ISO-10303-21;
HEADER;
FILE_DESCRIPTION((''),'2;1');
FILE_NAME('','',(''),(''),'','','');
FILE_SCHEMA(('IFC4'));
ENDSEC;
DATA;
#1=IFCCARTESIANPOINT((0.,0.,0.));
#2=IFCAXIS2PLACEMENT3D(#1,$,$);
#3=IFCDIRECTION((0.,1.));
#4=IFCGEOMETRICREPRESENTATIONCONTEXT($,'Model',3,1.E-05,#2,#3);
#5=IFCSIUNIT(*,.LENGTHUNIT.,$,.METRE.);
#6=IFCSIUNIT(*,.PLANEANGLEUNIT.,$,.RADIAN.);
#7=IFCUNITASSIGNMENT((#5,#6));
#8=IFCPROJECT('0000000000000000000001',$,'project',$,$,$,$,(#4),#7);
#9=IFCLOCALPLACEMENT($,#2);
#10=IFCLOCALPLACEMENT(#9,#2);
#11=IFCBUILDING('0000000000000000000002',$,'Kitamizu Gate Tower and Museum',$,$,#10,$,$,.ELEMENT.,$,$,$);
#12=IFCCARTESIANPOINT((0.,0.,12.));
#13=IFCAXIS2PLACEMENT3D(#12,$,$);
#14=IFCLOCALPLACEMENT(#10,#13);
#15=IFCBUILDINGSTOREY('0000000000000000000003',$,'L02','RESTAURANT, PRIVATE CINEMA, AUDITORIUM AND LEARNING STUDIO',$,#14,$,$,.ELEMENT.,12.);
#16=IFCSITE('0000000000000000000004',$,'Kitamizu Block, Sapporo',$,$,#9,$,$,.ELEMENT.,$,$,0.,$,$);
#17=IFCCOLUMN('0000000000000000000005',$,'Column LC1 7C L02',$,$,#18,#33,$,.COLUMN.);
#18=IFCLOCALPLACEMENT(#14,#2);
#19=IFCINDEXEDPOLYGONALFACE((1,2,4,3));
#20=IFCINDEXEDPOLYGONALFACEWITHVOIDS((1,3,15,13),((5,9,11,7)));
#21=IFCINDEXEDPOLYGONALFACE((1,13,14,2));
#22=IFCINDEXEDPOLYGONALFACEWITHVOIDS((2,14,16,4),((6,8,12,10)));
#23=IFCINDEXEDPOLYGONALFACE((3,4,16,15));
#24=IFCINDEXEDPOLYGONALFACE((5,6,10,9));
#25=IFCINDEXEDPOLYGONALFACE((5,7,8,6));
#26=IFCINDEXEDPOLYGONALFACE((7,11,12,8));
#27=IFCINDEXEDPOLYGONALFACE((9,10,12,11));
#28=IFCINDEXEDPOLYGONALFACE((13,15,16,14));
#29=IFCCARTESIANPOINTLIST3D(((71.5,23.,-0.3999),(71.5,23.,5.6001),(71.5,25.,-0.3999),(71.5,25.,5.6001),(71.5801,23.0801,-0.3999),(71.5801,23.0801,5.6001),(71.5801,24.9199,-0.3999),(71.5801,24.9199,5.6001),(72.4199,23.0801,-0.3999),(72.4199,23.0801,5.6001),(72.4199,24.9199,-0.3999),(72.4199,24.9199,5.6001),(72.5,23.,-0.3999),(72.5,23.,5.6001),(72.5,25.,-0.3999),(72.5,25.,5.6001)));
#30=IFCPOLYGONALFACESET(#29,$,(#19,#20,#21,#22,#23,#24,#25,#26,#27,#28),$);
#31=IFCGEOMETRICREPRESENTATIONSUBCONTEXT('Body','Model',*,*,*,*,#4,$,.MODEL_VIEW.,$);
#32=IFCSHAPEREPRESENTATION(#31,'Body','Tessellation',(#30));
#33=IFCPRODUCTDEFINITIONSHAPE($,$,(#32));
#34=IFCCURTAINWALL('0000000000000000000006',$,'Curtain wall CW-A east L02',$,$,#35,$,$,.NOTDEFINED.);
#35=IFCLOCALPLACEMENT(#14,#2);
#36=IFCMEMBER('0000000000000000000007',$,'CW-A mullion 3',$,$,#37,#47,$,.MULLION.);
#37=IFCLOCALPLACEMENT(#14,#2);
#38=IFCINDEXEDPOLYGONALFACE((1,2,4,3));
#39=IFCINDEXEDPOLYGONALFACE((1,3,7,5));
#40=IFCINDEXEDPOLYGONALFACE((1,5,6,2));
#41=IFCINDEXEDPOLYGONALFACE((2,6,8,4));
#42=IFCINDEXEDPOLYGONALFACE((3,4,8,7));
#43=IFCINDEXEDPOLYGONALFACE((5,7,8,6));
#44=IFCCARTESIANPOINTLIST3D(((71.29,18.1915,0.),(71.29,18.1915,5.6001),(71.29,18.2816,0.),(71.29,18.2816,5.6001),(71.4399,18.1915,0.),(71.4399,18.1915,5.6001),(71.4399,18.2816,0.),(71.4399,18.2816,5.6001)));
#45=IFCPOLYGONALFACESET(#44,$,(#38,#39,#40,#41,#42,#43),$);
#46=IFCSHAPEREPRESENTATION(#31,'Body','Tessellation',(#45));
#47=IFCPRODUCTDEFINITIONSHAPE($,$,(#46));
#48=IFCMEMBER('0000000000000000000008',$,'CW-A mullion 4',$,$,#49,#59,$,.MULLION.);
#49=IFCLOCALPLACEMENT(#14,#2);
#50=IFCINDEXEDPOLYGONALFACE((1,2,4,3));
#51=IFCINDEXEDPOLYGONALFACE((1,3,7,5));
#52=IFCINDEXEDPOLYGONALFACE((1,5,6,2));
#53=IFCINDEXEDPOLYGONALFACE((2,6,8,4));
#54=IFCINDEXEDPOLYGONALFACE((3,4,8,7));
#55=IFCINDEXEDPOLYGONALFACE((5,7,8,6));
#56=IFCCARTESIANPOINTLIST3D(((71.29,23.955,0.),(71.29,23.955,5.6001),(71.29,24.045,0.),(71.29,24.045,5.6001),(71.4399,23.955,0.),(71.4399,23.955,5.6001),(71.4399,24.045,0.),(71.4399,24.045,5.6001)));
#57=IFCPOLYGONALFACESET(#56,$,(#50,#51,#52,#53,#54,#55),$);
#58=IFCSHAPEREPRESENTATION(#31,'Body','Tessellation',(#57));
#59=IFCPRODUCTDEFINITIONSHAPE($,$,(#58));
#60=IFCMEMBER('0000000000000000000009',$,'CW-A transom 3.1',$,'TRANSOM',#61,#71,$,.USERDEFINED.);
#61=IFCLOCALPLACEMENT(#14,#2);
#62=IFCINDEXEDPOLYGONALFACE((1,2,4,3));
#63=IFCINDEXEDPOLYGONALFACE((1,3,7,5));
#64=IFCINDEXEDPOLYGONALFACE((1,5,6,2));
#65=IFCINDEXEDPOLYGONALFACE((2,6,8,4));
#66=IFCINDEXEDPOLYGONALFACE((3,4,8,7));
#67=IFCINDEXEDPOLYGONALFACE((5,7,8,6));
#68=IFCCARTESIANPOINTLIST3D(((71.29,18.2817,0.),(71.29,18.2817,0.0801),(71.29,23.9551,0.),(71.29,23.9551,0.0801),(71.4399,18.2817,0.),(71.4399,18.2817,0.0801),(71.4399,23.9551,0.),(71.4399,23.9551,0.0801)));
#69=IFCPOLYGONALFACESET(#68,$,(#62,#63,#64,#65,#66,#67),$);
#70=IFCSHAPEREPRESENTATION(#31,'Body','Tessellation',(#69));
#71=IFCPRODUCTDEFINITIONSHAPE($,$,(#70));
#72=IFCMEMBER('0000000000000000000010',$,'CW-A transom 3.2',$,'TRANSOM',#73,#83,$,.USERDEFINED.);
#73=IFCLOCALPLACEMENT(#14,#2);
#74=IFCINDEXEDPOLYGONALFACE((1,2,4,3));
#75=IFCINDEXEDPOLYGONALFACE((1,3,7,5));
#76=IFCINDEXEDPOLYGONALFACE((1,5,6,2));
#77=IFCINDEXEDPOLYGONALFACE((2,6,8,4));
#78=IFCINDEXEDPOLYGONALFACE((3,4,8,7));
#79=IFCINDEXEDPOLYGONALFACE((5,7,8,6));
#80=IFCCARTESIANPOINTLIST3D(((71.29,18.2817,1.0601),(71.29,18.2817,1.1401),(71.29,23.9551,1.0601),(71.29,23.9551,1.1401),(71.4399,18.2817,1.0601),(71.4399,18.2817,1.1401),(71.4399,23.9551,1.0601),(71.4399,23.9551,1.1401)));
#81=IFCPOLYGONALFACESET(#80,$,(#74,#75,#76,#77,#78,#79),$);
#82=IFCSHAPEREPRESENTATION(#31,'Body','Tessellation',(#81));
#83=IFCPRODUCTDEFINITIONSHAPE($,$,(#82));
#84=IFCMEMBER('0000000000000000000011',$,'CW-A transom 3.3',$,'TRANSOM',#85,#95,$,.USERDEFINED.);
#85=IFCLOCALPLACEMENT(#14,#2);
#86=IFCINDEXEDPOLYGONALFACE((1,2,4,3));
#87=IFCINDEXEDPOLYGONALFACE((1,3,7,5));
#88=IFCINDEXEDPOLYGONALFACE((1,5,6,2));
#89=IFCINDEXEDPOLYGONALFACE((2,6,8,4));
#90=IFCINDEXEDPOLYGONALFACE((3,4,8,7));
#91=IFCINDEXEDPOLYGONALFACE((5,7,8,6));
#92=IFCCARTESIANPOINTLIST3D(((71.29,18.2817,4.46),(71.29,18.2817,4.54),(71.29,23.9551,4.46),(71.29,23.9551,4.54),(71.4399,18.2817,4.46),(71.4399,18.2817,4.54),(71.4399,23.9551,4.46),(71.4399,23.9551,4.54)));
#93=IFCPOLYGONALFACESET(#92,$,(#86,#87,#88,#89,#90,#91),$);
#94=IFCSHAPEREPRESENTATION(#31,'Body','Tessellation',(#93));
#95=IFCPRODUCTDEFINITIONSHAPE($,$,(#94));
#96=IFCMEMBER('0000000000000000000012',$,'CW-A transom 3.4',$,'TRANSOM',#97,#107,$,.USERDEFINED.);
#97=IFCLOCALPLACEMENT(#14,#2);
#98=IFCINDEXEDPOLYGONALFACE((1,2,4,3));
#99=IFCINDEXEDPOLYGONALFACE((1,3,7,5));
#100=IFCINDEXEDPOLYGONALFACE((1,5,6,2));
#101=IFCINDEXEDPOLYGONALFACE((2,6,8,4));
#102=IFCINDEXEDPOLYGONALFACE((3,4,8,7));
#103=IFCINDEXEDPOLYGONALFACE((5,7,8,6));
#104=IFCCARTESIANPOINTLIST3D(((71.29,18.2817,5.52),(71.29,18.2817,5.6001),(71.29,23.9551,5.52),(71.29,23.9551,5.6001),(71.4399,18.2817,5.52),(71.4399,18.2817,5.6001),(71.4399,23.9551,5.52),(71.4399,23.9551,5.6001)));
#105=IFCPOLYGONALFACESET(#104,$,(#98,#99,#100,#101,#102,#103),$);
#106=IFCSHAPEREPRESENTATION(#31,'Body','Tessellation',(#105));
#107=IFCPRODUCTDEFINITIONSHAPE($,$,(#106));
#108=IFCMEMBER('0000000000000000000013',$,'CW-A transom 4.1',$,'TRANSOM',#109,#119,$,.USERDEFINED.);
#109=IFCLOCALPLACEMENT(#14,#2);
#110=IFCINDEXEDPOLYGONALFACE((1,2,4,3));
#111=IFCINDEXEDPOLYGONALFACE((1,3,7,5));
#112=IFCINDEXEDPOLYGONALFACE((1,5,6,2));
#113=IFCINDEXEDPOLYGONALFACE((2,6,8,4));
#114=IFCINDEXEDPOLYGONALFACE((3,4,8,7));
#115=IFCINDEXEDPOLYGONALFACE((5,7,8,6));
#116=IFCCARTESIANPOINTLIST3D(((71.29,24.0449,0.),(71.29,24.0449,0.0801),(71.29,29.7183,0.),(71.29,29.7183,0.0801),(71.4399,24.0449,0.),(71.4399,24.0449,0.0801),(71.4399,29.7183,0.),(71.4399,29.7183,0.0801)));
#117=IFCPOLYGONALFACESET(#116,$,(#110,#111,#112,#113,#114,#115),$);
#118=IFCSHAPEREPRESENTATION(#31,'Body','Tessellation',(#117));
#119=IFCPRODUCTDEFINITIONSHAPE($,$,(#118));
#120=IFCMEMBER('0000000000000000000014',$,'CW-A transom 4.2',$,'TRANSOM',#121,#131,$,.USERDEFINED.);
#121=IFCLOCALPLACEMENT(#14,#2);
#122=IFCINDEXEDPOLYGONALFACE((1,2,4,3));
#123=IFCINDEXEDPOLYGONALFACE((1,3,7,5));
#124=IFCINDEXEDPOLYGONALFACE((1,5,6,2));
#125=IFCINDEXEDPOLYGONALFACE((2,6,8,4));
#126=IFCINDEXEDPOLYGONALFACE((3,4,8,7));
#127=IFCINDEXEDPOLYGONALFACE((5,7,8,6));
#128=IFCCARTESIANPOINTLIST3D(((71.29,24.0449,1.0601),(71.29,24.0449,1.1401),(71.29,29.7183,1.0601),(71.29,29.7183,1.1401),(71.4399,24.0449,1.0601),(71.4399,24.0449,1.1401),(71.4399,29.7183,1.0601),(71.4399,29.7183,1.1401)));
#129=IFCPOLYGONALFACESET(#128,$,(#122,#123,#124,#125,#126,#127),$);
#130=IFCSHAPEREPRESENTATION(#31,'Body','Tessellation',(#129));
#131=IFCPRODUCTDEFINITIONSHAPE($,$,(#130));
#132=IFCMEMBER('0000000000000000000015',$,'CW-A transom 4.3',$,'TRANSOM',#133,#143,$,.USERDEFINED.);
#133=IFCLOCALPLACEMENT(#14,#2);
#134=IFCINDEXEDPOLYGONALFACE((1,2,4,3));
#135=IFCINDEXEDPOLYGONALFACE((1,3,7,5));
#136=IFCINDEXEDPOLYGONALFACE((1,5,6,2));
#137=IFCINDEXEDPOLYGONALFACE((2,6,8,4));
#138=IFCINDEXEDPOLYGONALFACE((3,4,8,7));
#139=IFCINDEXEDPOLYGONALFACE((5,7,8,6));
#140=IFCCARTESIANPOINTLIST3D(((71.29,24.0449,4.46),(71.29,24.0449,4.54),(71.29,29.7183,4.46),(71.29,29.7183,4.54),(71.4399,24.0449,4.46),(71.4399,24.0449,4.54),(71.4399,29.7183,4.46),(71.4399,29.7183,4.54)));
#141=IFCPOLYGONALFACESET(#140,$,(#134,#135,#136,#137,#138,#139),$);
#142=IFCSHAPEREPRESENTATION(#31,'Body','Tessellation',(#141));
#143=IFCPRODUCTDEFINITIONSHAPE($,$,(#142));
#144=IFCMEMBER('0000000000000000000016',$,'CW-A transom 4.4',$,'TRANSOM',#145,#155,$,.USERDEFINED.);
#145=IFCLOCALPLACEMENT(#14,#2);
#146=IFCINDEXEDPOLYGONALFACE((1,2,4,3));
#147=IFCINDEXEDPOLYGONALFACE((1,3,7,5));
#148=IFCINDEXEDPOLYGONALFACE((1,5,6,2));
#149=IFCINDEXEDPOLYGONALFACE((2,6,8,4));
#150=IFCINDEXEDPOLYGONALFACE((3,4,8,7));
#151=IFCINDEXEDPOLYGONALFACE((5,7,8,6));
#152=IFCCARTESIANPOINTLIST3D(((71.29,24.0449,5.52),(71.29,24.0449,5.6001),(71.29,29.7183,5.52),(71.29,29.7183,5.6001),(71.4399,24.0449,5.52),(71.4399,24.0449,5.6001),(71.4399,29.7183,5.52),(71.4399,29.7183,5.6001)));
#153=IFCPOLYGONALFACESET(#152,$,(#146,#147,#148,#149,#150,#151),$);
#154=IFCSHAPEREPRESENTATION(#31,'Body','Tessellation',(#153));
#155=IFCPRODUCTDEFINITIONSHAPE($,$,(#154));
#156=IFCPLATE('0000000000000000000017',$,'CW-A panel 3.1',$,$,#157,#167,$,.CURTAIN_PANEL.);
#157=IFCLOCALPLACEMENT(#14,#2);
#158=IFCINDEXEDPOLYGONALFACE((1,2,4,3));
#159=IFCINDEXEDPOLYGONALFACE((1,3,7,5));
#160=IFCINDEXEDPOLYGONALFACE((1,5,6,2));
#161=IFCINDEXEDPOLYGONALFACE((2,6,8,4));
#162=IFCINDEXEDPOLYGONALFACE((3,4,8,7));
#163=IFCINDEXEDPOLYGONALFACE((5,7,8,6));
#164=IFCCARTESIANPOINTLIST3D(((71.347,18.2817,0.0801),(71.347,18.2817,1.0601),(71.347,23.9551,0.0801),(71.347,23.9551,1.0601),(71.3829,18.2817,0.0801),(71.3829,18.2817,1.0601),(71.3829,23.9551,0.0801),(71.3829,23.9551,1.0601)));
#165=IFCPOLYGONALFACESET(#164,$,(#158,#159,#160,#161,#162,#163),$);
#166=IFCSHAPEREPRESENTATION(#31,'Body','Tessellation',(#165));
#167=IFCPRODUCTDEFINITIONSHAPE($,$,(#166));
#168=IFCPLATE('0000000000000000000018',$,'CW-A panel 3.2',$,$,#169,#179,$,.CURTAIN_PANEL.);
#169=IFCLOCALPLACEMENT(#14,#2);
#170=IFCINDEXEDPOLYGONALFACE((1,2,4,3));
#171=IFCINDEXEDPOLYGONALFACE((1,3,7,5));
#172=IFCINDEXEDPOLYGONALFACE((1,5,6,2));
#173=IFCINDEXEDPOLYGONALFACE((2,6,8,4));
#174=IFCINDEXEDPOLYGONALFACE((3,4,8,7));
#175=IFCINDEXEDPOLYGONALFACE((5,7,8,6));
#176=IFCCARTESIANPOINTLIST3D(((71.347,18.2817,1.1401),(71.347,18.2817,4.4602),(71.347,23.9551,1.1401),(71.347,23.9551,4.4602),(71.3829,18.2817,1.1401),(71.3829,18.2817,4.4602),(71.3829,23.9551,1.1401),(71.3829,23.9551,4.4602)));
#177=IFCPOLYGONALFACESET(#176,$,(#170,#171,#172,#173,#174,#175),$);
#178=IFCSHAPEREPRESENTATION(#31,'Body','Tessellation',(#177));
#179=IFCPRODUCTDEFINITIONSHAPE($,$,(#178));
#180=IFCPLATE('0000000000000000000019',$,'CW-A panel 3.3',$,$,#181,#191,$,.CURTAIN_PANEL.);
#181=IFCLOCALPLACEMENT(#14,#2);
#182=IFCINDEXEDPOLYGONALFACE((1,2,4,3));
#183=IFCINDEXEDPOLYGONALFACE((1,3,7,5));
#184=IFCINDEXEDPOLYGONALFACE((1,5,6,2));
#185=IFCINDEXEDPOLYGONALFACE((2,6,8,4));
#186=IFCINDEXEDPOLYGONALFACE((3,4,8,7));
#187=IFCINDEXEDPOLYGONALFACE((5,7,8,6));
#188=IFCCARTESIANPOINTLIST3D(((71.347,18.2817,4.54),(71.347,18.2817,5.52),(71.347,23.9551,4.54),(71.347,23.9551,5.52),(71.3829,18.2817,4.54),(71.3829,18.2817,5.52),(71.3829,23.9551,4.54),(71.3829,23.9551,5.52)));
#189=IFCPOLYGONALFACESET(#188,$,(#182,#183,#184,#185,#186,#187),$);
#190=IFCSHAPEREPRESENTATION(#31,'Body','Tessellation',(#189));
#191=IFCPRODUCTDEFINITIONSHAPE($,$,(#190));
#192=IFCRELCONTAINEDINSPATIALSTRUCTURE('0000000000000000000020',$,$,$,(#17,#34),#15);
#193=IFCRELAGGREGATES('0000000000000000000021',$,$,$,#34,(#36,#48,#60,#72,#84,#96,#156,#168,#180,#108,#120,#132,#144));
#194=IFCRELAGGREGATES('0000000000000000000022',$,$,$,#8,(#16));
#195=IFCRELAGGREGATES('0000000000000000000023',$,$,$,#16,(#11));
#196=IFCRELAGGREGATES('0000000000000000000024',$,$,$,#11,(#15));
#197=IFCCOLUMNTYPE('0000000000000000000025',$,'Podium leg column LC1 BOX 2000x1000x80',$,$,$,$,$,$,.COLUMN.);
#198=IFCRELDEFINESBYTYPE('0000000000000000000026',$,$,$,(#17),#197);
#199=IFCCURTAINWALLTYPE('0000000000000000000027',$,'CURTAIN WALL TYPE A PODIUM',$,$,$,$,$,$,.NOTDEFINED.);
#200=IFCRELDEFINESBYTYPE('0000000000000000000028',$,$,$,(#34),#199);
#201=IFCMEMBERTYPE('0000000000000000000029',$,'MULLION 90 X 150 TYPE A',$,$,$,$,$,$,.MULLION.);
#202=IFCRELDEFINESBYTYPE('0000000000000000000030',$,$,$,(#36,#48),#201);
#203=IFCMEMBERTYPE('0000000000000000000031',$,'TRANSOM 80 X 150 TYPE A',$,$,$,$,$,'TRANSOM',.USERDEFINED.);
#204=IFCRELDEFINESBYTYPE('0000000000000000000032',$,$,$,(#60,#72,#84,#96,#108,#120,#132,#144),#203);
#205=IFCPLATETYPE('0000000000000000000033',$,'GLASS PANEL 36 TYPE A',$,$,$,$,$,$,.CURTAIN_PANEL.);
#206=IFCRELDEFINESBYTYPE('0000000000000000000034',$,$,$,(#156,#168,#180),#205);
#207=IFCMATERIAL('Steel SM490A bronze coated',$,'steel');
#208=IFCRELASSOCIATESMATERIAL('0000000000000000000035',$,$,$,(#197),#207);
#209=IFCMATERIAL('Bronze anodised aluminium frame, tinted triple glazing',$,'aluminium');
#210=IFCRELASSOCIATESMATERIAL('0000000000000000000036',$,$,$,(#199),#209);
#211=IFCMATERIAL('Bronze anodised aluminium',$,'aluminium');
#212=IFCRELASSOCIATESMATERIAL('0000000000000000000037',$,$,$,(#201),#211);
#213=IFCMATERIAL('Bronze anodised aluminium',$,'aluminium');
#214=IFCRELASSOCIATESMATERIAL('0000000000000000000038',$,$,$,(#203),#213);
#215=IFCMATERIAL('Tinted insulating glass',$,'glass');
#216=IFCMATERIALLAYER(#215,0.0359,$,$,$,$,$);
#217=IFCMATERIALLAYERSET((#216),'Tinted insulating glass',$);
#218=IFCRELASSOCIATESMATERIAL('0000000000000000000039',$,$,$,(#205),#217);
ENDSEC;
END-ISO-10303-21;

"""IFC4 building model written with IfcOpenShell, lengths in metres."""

from ifc_helpers import new_model, si_unit, direction, frame, origin, origin_2d, place, context, subcontext, project, spatial, rectangle, hollow_rectangle, extrude, material, layer, layer_set, material_profile, profile_set, type_object, element, aggregate, save


model = new_model("IFC4")

# Units and contexts
model_context = context("Model", 3, precision=1e-05, world=origin(), true_north=direction((0.0, 1.0)))
body_context = subcontext(model_context, "Body", "Model", "MODEL_VIEW")
ifc_project = project(units=[si_unit("LENGTHUNIT", "METRE"), si_unit("PLANEANGLEUNIT", "RADIAN")], contexts=[model_context])

# Site, building, storey
site_placement = place(None, origin())
site = spatial("IfcSite", under=ifc_project, at=site_placement, Name="Kitamizu Block, Sapporo", CompositionType="ELEMENT", RefElevation=0.0)
building_placement = place(site_placement, origin())
building = spatial("IfcBuilding", under=site, at=building_placement, Name="Kitamizu Gate Tower and Museum", CompositionType="ELEMENT")
storey_placement = place(building_placement, frame((0.0, 0.0, 12.0)))
storey = spatial("IfcBuildingStorey", under=building, at=storey_placement, Name="L02", Description="RESTAURANT, PRIVATE CINEMA, AUDITORIUM AND LEARNING STUDIO", CompositionType="ELEMENT", Elevation=12.0)

# Column
ifc_material_1 = material(Name="Steel SM490A bronze coated", Category="steel")
ifc_material_profile_1 = material_profile(ifc_material_1, hollow_rectangle(XDim=2.0, YDim=1.0, WallThickness=0.0801, at=origin_2d()), Name="BOX 2000x1000x80")
ifc_profile_set_1 = profile_set([ifc_material_profile_1], Name="Steel SM490A bronze coated")
column_type = type_object("IfcColumnType", Name="Podium leg column LC1 BOX 2000x1000x80", PredefinedType="COLUMN", material=ifc_profile_set_1)
column_placement = place(storey_placement, frame((72.0, 24.0, -0.3999), z_axis=(0.0, 0.0, 1.0), x_axis=(0.0, 1.0, 0.0)))
element("IfcColumn", 1, at=column_placement, inside=storey, type_object=column_type, Name="Column LC1 7C L02", PredefinedType="COLUMN", context=body_context, shape_type="SweptSolid", body=[
    extrude(hollow_rectangle(XDim=2.0, YDim=1.0, WallThickness=0.0801, at=origin_2d()), origin(), (0.0, 0.0, 1.0), 6.0),
])

# Curtain wall, members, plates
ifc_material_2 = material(Name="Bronze anodised aluminium frame, tinted triple glazing", Category="aluminium")
curtain_wall_type = type_object("IfcCurtainWallType", Name="CURTAIN WALL TYPE A PODIUM", PredefinedType="NOTDEFINED", material=ifc_material_2)
curtain_wall_placement = place(storey_placement, origin())
curtain_wall = element("IfcCurtainWall", 2, at=curtain_wall_placement, inside=storey, type_object=curtain_wall_type, Name="Curtain wall CW-A east L02", PredefinedType="NOTDEFINED")
ifc_material_3 = material(Name="Bronze anodised aluminium", Category="aluminium")
ifc_material_profile_2 = material_profile(ifc_material_3, rectangle(XDim=0.0901, YDim=0.1499, at=origin_2d()), Name="AL 90X150")
ifc_profile_set_2 = profile_set([ifc_material_profile_2], Name="Bronze anodised aluminium")
member_type_1 = type_object("IfcMemberType", Name="MULLION 90 X 150 TYPE A", PredefinedType="MULLION", material=ifc_profile_set_2)
member_1_placement = place(storey_placement, frame((71.365, 18.2366, 0.0), z_axis=(0.0, 0.0, 1.0), x_axis=(0.0, 1.0, 0.0)))
member_1 = element("IfcMember", 3, at=member_1_placement, type_object=member_type_1, Name="CW-A mullion 3", PredefinedType="MULLION", context=body_context, shape_type="SweptSolid", body=[
    extrude(rectangle(XDim=0.0901, YDim=0.1499, at=origin_2d()), origin(), (0.0, 0.0, 1.0), 5.6001),
])
member_2_placement = place(storey_placement, frame((71.365, 24.0, 0.0), z_axis=(0.0, 0.0, 1.0), x_axis=(0.0, 1.0, 0.0)))
member_2 = element("IfcMember", 4, at=member_2_placement, type_object=member_type_1, Name="CW-A mullion 4", PredefinedType="MULLION", context=body_context, shape_type="SweptSolid", body=[
    extrude(rectangle(XDim=0.0901, YDim=0.1499, at=origin_2d()), origin(), (0.0, 0.0, 1.0), 5.6001),
])
ifc_material_4 = material(Name="Bronze anodised aluminium", Category="aluminium")
ifc_material_profile_3 = material_profile(ifc_material_4, rectangle(XDim=0.1499, YDim=0.0801, at=origin_2d()), Name="AL 80X150")
ifc_profile_set_3 = profile_set([ifc_material_profile_3], Name="Bronze anodised aluminium")
member_type_2 = type_object("IfcMemberType", Name="TRANSOM 80 X 150 TYPE A", ElementType="TRANSOM", PredefinedType="USERDEFINED", material=ifc_profile_set_3)
member_3_placement = place(storey_placement, frame((71.365, 18.2817, 0.04), z_axis=(0.0, 1.0, 0.0), x_axis=(-1.0, 0.0, 0.0)))
member_3 = element("IfcMember", 5, at=member_3_placement, type_object=member_type_2, Name="CW-A transom 3.1", ObjectType="TRANSOM", PredefinedType="USERDEFINED", context=body_context, shape_type="SweptSolid", body=[
    extrude(rectangle(XDim=0.1499, YDim=0.0801, at=origin_2d()), origin(), (0.0, 0.0, 1.0), 5.6733),
])
member_4_placement = place(storey_placement, frame((71.365, 18.2817, 1.1001), z_axis=(0.0, 1.0, 0.0), x_axis=(-1.0, 0.0, 0.0)))
member_4 = element("IfcMember", 6, at=member_4_placement, type_object=member_type_2, Name="CW-A transom 3.2", ObjectType="TRANSOM", PredefinedType="USERDEFINED", context=body_context, shape_type="SweptSolid", body=[
    extrude(rectangle(XDim=0.1499, YDim=0.0801, at=origin_2d()), origin(), (0.0, 0.0, 1.0), 5.6733),
])
member_5_placement = place(storey_placement, frame((71.365, 18.2817, 4.5), z_axis=(0.0, 1.0, 0.0), x_axis=(-1.0, 0.0, 0.0)))
member_5 = element("IfcMember", 7, at=member_5_placement, type_object=member_type_2, Name="CW-A transom 3.3", ObjectType="TRANSOM", PredefinedType="USERDEFINED", context=body_context, shape_type="SweptSolid", body=[
    extrude(rectangle(XDim=0.1499, YDim=0.0801, at=origin_2d()), origin(), (0.0, 0.0, 1.0), 5.6733),
])
member_6_placement = place(storey_placement, frame((71.365, 18.2817, 5.5601), z_axis=(0.0, 1.0, 0.0), x_axis=(-1.0, 0.0, 0.0)))
member_6 = element("IfcMember", 8, at=member_6_placement, type_object=member_type_2, Name="CW-A transom 3.4", ObjectType="TRANSOM", PredefinedType="USERDEFINED", context=body_context, shape_type="SweptSolid", body=[
    extrude(rectangle(XDim=0.1499, YDim=0.0801, at=origin_2d()), origin(), (0.0, 0.0, 1.0), 5.6733),
])
member_7_placement = place(storey_placement, frame((71.365, 24.0449, 0.04), z_axis=(0.0, 1.0, 0.0), x_axis=(-1.0, 0.0, 0.0)))
member_7 = element("IfcMember", 9, at=member_7_placement, type_object=member_type_2, Name="CW-A transom 4.1", ObjectType="TRANSOM", PredefinedType="USERDEFINED", context=body_context, shape_type="SweptSolid", body=[
    extrude(rectangle(XDim=0.1499, YDim=0.0801, at=origin_2d()), origin(), (0.0, 0.0, 1.0), 5.6733),
])
member_8_placement = place(storey_placement, frame((71.365, 24.0449, 1.1001), z_axis=(0.0, 1.0, 0.0), x_axis=(-1.0, 0.0, 0.0)))
member_8 = element("IfcMember", 10, at=member_8_placement, type_object=member_type_2, Name="CW-A transom 4.2", ObjectType="TRANSOM", PredefinedType="USERDEFINED", context=body_context, shape_type="SweptSolid", body=[
    extrude(rectangle(XDim=0.1499, YDim=0.0801, at=origin_2d()), origin(), (0.0, 0.0, 1.0), 5.6733),
])
member_9_placement = place(storey_placement, frame((71.365, 24.0449, 4.5), z_axis=(0.0, 1.0, 0.0), x_axis=(-1.0, 0.0, 0.0)))
member_9 = element("IfcMember", 11, at=member_9_placement, type_object=member_type_2, Name="CW-A transom 4.3", ObjectType="TRANSOM", PredefinedType="USERDEFINED", context=body_context, shape_type="SweptSolid", body=[
    extrude(rectangle(XDim=0.1499, YDim=0.0801, at=origin_2d()), origin(), (0.0, 0.0, 1.0), 5.6733),
])
member_10_placement = place(storey_placement, frame((71.365, 24.0449, 5.5601), z_axis=(0.0, 1.0, 0.0), x_axis=(-1.0, 0.0, 0.0)))
member_10 = element("IfcMember", 12, at=member_10_placement, type_object=member_type_2, Name="CW-A transom 4.4", ObjectType="TRANSOM", PredefinedType="USERDEFINED", context=body_context, shape_type="SweptSolid", body=[
    extrude(rectangle(XDim=0.1499, YDim=0.0801, at=origin_2d()), origin(), (0.0, 0.0, 1.0), 5.6733),
])
ifc_material_5 = material(Name="Tinted insulating glass", Category="glass")
ifc_layer = layer(ifc_material_5, 0.0359)
ifc_layer_set = layer_set([ifc_layer], Name="Tinted insulating glass")
plate_type = type_object("IfcPlateType", Name="GLASS PANEL 36 TYPE A", PredefinedType="CURTAIN_PANEL", material=ifc_layer_set)
plate_1_placement = place(storey_placement, frame((71.365, 21.1184, 0.0801), z_axis=(0.0, 0.0, 1.0), x_axis=(0.0, 1.0, 0.0)))
plate_1 = element("IfcPlate", 13, at=plate_1_placement, type_object=plate_type, Name="CW-A panel 3.1", PredefinedType="CURTAIN_PANEL", context=body_context, shape_type="SweptSolid", body=[
    extrude(rectangle(XDim=5.6733, YDim=0.0359, at=origin_2d()), origin(), (0.0, 0.0, 1.0), 0.98),
])
plate_2_placement = place(storey_placement, frame((71.365, 21.1184, 1.1401), z_axis=(0.0, 0.0, 1.0), x_axis=(0.0, 1.0, 0.0)))
plate_2 = element("IfcPlate", 14, at=plate_2_placement, type_object=plate_type, Name="CW-A panel 3.2", PredefinedType="CURTAIN_PANEL", context=body_context, shape_type="SweptSolid", body=[
    extrude(rectangle(XDim=5.6733, YDim=0.0359, at=origin_2d()), origin(), (0.0, 0.0, 1.0), 3.3201),
])
plate_3_placement = place(storey_placement, frame((71.365, 21.1184, 4.54), z_axis=(0.0, 0.0, 1.0), x_axis=(0.0, 1.0, 0.0)))
plate_3 = element("IfcPlate", 15, at=plate_3_placement, type_object=plate_type, Name="CW-A panel 3.3", PredefinedType="CURTAIN_PANEL", context=body_context, shape_type="SweptSolid", body=[
    extrude(rectangle(XDim=5.6733, YDim=0.0359, at=origin_2d()), origin(), (0.0, 0.0, 1.0), 0.98),
])
aggregate(curtain_wall, [member_1, member_2, member_3, member_4, member_5, member_6, plate_1, plate_2, plate_3, member_7, member_8, member_9, member_10])

save(model, "model.ifc")
